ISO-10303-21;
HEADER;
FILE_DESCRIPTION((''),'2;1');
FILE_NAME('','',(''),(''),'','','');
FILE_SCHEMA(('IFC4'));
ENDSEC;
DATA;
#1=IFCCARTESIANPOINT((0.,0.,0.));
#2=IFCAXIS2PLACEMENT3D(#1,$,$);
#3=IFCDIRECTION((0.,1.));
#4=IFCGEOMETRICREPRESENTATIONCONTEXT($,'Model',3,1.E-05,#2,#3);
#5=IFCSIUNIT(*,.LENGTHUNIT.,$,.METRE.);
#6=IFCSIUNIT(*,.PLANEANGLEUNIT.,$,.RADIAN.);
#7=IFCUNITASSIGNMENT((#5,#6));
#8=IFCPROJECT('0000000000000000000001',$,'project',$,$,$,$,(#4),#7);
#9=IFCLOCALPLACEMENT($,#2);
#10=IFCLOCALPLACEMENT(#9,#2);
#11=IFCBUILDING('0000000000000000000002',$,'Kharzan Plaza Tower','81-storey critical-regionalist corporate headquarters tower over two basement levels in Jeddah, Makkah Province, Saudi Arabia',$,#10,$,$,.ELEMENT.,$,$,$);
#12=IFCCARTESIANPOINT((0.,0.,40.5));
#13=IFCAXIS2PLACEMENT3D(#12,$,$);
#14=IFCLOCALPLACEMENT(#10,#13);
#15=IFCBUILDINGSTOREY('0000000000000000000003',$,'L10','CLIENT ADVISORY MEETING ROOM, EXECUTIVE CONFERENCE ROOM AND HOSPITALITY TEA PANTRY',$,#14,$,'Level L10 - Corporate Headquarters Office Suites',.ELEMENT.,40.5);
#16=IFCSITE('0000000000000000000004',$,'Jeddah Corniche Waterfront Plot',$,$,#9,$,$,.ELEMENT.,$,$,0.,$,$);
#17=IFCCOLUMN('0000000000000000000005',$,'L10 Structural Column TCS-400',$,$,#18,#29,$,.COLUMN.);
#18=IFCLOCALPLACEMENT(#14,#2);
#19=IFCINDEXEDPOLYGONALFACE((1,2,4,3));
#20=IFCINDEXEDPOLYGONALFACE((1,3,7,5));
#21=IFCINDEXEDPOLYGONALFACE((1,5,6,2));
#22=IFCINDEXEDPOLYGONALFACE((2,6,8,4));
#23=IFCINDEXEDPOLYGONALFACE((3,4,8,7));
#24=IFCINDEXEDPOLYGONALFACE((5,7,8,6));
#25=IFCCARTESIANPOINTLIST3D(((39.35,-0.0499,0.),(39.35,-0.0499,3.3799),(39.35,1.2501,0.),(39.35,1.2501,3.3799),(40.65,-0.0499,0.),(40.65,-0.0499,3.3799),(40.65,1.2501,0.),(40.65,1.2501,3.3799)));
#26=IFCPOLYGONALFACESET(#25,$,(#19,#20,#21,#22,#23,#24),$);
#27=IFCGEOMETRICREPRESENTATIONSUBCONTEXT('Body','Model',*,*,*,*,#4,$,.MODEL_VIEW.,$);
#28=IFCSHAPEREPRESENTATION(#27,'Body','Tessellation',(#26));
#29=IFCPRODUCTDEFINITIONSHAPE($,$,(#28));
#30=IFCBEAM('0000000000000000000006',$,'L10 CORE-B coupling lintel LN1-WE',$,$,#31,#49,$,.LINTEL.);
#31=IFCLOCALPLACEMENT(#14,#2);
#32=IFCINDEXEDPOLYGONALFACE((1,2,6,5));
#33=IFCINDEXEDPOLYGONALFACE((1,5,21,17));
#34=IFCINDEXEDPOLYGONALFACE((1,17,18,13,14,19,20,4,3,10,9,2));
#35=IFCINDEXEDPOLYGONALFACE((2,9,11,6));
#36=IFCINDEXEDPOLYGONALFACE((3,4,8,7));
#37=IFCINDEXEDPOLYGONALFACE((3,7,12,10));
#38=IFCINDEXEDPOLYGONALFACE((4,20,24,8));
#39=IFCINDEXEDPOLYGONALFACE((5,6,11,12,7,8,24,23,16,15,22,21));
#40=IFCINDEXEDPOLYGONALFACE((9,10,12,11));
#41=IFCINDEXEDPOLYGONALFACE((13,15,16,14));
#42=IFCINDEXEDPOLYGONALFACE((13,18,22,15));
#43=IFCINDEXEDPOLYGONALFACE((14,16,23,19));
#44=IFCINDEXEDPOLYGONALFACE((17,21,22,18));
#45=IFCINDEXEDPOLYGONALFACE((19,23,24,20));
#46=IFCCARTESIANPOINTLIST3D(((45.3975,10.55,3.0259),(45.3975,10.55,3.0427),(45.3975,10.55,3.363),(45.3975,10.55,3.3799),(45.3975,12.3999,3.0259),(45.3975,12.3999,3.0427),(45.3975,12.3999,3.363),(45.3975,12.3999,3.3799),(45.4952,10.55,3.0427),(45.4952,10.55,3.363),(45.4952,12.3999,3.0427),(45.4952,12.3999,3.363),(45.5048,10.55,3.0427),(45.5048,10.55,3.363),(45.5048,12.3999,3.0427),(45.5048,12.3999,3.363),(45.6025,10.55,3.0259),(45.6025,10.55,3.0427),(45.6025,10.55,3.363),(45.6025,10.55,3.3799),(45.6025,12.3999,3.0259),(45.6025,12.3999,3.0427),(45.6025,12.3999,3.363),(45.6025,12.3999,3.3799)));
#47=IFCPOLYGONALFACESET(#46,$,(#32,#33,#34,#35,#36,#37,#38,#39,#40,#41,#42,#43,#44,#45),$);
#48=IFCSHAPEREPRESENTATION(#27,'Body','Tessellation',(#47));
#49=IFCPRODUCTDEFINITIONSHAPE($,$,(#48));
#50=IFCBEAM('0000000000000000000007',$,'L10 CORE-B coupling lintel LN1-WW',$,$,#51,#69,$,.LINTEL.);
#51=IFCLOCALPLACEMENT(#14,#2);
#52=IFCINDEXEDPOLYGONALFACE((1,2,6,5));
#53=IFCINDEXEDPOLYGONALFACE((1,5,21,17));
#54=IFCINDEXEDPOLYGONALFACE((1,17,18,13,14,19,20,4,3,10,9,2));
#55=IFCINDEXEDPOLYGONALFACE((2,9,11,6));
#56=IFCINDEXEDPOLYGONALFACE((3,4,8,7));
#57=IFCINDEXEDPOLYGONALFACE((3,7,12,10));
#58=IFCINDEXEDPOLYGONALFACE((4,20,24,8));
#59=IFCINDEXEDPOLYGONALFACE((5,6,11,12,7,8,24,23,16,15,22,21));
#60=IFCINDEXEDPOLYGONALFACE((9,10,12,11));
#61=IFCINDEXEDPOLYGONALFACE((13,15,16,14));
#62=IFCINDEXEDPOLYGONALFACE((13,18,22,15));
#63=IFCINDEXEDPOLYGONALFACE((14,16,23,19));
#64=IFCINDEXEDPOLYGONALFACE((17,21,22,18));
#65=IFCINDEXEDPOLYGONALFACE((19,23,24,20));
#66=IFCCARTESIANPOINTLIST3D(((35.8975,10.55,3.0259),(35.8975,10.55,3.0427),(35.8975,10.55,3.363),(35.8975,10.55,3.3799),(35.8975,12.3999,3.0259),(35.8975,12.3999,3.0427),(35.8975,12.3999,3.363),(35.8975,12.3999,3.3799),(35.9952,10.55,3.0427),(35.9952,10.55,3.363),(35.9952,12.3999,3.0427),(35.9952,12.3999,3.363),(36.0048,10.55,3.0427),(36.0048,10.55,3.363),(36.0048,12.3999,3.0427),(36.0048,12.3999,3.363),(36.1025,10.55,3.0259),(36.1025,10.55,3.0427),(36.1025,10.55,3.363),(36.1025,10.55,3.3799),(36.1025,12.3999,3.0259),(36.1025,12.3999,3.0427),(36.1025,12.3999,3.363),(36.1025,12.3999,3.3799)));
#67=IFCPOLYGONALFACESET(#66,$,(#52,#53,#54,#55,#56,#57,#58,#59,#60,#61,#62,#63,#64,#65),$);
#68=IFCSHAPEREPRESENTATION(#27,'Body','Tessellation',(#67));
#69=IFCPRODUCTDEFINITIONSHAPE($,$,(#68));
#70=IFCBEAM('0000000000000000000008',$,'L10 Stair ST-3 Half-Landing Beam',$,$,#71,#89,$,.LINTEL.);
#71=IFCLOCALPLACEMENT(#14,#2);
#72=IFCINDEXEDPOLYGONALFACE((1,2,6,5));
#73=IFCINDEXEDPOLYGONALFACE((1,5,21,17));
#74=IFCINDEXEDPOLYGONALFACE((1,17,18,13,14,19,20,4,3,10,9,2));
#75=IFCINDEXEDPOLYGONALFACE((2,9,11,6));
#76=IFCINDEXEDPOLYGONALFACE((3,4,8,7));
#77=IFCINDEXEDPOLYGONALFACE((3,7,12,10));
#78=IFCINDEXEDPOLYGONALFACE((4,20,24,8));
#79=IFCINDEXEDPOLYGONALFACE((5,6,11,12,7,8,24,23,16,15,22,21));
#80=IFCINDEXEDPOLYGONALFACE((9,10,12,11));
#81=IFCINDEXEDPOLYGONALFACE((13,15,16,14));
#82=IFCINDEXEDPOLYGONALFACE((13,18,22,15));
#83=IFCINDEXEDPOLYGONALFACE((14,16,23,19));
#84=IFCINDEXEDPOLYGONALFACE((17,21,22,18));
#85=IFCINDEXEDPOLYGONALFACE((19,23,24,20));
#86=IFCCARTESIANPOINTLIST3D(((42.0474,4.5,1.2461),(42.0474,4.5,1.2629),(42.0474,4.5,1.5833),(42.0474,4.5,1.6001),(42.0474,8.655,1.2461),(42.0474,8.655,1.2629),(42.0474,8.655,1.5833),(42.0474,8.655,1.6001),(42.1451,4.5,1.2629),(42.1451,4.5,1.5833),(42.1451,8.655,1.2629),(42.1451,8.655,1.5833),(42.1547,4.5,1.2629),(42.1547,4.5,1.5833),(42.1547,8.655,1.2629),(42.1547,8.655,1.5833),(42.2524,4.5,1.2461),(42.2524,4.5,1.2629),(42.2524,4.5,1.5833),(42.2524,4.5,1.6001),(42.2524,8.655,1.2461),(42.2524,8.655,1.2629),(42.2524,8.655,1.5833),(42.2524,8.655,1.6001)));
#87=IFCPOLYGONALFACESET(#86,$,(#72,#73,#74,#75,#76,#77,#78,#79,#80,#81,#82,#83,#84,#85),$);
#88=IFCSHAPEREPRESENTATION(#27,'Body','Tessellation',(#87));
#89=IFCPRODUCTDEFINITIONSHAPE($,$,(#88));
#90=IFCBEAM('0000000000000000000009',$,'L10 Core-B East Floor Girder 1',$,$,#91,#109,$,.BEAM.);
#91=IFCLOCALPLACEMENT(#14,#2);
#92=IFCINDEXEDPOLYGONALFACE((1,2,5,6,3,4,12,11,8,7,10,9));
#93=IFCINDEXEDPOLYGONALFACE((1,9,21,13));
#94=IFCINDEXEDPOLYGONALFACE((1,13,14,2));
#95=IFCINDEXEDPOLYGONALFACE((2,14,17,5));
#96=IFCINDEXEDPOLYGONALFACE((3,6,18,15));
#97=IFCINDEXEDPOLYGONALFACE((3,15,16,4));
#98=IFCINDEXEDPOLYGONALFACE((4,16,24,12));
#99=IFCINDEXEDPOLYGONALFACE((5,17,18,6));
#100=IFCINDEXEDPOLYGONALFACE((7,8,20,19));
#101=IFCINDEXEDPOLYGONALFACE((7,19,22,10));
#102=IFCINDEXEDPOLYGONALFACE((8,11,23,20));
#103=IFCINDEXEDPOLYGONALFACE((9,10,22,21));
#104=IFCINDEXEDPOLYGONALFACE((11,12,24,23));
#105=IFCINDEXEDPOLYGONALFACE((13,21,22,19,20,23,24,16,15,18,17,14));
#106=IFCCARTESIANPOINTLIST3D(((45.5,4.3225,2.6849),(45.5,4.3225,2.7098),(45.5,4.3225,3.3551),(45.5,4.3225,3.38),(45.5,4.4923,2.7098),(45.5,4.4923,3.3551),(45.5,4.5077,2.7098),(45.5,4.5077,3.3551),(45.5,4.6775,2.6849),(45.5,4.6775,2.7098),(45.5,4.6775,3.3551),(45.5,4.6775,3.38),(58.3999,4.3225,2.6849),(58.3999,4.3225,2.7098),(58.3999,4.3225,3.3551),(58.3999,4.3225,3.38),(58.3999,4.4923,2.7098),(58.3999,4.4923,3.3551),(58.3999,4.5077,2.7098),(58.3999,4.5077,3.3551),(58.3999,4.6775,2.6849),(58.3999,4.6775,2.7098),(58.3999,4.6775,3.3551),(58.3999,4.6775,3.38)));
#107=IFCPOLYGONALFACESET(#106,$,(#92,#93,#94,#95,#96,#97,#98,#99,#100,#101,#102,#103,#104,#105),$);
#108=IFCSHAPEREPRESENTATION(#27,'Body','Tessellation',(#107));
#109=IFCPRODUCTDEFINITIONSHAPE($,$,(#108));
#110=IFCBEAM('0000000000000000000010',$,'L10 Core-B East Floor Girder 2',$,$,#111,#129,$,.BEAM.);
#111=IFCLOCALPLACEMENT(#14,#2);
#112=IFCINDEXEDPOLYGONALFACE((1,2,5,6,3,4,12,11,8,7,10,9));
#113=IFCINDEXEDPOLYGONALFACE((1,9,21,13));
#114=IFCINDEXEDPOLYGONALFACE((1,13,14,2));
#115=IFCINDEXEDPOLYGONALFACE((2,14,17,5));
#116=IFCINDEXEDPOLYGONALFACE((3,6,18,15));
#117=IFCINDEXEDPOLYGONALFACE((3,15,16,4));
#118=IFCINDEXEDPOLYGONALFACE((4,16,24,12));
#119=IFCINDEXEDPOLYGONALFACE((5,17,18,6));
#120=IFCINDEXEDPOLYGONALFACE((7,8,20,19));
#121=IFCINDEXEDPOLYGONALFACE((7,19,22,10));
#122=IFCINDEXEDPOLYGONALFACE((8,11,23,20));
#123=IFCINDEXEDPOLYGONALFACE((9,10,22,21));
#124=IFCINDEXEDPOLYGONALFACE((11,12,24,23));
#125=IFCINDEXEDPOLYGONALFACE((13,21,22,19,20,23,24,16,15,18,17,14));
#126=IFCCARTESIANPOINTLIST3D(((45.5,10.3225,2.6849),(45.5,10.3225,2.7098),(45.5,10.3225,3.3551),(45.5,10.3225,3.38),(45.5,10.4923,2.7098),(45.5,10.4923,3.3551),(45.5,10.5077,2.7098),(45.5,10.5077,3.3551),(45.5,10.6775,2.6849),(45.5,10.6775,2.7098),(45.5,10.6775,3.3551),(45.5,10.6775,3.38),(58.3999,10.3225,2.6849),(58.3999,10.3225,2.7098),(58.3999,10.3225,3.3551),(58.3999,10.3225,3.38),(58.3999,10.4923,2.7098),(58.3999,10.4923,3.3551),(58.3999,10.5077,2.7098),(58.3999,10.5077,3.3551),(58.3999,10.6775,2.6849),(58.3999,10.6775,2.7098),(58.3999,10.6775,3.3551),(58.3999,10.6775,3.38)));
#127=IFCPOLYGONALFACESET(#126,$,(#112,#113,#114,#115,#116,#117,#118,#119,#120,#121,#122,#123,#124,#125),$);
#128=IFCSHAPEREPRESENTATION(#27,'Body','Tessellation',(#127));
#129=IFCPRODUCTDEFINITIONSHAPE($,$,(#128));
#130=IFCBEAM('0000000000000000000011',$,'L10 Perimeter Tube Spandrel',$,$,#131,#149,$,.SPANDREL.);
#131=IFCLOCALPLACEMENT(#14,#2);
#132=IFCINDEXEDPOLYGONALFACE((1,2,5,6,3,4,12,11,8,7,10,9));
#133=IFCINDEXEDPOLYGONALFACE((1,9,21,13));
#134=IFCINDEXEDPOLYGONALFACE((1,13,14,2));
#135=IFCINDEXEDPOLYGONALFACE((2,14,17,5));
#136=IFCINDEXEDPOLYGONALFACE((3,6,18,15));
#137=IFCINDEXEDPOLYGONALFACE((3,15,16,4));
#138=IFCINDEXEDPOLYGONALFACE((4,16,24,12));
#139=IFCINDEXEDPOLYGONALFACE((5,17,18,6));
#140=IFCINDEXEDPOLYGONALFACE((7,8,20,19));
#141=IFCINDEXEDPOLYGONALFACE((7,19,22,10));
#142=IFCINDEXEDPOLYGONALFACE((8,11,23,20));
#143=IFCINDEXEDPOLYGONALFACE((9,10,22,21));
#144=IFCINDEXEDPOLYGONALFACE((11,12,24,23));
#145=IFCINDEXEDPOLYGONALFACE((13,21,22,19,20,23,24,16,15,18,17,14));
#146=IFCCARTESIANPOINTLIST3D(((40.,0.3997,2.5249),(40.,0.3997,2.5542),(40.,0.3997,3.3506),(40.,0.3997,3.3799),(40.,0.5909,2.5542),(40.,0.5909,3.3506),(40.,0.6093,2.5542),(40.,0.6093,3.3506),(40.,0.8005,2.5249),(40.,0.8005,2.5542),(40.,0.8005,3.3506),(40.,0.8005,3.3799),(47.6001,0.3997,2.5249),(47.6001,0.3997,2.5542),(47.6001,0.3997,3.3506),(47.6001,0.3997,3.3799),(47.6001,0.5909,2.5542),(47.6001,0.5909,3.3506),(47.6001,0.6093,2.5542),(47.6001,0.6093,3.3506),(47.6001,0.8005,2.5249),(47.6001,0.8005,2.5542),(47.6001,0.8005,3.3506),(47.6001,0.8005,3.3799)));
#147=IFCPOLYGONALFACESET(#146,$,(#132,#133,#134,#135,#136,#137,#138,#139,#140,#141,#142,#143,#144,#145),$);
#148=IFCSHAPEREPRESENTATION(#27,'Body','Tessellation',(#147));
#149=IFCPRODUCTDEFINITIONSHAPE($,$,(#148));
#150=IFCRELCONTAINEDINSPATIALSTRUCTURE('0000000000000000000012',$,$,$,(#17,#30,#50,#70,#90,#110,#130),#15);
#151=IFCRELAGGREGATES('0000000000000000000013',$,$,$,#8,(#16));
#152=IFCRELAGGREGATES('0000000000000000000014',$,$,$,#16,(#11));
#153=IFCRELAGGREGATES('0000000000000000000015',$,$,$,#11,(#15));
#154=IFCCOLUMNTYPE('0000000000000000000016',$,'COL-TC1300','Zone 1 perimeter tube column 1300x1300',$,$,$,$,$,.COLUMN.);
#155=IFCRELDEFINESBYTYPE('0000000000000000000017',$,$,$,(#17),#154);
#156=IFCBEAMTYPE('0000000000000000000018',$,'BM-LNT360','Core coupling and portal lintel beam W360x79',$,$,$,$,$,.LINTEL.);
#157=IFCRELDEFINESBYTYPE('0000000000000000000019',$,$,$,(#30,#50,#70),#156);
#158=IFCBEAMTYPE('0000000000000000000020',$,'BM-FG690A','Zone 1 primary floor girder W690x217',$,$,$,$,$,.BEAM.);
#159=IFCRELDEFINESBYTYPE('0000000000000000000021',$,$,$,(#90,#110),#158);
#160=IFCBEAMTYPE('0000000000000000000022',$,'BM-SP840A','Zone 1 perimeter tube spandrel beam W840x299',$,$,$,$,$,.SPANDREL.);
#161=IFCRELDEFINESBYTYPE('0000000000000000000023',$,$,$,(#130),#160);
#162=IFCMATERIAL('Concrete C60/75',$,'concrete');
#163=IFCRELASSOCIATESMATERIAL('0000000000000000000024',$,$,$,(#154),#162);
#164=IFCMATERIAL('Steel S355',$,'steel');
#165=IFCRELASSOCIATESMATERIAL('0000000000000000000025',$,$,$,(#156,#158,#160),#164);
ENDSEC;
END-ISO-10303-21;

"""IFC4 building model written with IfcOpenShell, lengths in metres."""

from ifc_helpers import new_model, si_unit, direction, frame, origin, origin_2d, place, context, subcontext, project, spatial, rectangle, i_section, extrude, source, transform, mapped, material, material_profile, profile_set, type_object, element, save


model = new_model("IFC4")

# Units and contexts
model_context = context("Model", 3, precision=1e-05, world=origin(), true_north=direction((0.0, 1.0)))
body_context = subcontext(model_context, "Body", "Model", "MODEL_VIEW")
ifc_project = project(units=[si_unit("LENGTHUNIT", "METRE"), si_unit("PLANEANGLEUNIT", "RADIAN")], contexts=[model_context])

# Site, building, storey
site_placement = place(None, origin())
site = spatial("IfcSite", under=ifc_project, at=site_placement, Name="Jeddah Corniche Waterfront Plot", CompositionType="ELEMENT", RefElevation=0.0)
building_placement = place(site_placement, origin())
building = spatial("IfcBuilding", under=site, at=building_placement, Name="Kharzan Plaza Tower", Description="81-storey critical-regionalist corporate headquarters tower over two basement levels in Jeddah, Makkah Province, Saudi Arabia", CompositionType="ELEMENT")
storey_placement = place(building_placement, frame((0.0, 0.0, 40.5)))
storey = spatial("IfcBuildingStorey", under=building, at=storey_placement, Name="L10", Description="CLIENT ADVISORY MEETING ROOM, EXECUTIVE CONFERENCE ROOM AND HOSPITALITY TEA PANTRY", LongName="Level L10 - Corporate Headquarters Office Suites", CompositionType="ELEMENT", Elevation=40.5)

# Column
ifc_material_1 = material(Name="Concrete C60/75", Category="concrete")
ifc_material_profile_1 = material_profile(ifc_material_1, rectangle(XDim=1.3, YDim=1.3, at=origin_2d()), Name="RC-TC1300x1300")
ifc_profile_set_1 = profile_set([ifc_material_profile_1], Name="Concrete C60/75")
column_type = type_object("IfcColumnType", Name="COL-TC1300", Description="Zone 1 perimeter tube column 1300x1300", PredefinedType="COLUMN", material=ifc_profile_set_1)
shared_shape_1 = source(origin(), body_context, "Body", "SweptSolid", [
    extrude(rectangle(XDim=1.3, YDim=1.3, at=origin_2d()), origin(), (0.0, 0.0, 1.0), 3.3799),
])
column_placement = place(storey_placement, frame((40.0, 0.6001, 0.0), z_axis=(0.0, 0.0, 1.0), x_axis=(1.0, 0.0, 0.0)))
element("IfcColumn", 1, at=column_placement, inside=storey, type_object=column_type, Name="L10 Structural Column TCS-400", PredefinedType="COLUMN", context=body_context, shape_type="MappedRepresentation", body=[
    mapped(shared_shape_1, transform((0.0, 0.0, 0.0), x_axis=(1.0, 0.0, 0.0), y_axis=(0.0, 1.0, 0.0), z_axis=(0.0, 0.0, 1.0))),
])

# Beams
ifc_material_2 = material(Name="Steel S355", Category="steel")
ifc_material_profile_2 = material_profile(ifc_material_2, i_section(OverallWidth=0.2051, OverallDepth=0.354, WebThickness=0.0095, FlangeThickness=0.0168, at=origin_2d()), Name="W360x79")
ifc_profile_set_2 = profile_set([ifc_material_profile_2], Name="Steel S355")
beam_type_1 = type_object("IfcBeamType", Name="BM-LNT360", Description="Core coupling and portal lintel beam W360x79", PredefinedType="LINTEL", material=ifc_profile_set_2)
shared_shape_2 = source(origin(), body_context, "Body", "SweptSolid", [
    extrude(i_section(OverallWidth=0.2051, OverallDepth=0.354, WebThickness=0.0095, FlangeThickness=0.0168, at=origin_2d()), origin(), (0.0, 0.0, 1.0), 1.8499),
])
for number, where, z_axis, x_axis, name in (
    (2, (45.5, 10.55, 3.2029), (0.0, 1.0, 0.0), (-1.0, 0.0, 0.0), "L10 CORE-B coupling lintel LN1-WE"),
    (3, (36.0, 10.55, 3.2029), (0.0, 1.0, 0.0), (-1.0, 0.0, 0.0), "L10 CORE-B coupling lintel LN1-WW"),
):
    element("IfcBeam", number, at=place(storey_placement, frame(where, z_axis=z_axis, x_axis=x_axis)), inside=storey, type_object=beam_type_1, Name=name, PredefinedType="LINTEL", context=body_context, shape_type="MappedRepresentation", body=[
        mapped(shared_shape_2, transform((0.0, 0.0, 0.0), x_axis=(1.0, 0.0, 0.0), y_axis=(0.0, 1.0, 0.0), z_axis=(0.0, 0.0, 1.0))),
    ])
shared_shape_3 = source(origin(), body_context, "Body", "SweptSolid", [
    extrude(i_section(OverallWidth=0.2051, OverallDepth=0.354, WebThickness=0.0095, FlangeThickness=0.0168, at=origin_2d()), origin(), (0.0, 0.0, 1.0), 4.155),
])
beam_1_placement = place(storey_placement, frame((42.1499, 4.5, 1.4231), z_axis=(0.0, 1.0, 0.0), x_axis=(-1.0, 0.0, 0.0)))
element("IfcBeam", 4, at=beam_1_placement, inside=storey, type_object=beam_type_1, Name="L10 Stair ST-3 Half-Landing Beam", PredefinedType="LINTEL", context=body_context, shape_type="MappedRepresentation", body=[
    mapped(shared_shape_3, transform((0.0, 0.0, 0.0), x_axis=(1.0, 0.0, 0.0), y_axis=(0.0, 1.0, 0.0), z_axis=(0.0, 0.0, 1.0))),
])
ifc_material_profile_3 = material_profile(ifc_material_2, i_section(OverallWidth=0.355, OverallDepth=0.6951, WebThickness=0.0154, FlangeThickness=0.0249, at=origin_2d()), Name="W690x217")
ifc_profile_set_3 = profile_set([ifc_material_profile_3], Name="Steel S355")
beam_type_2 = type_object("IfcBeamType", Name="BM-FG690A", Description="Zone 1 primary floor girder W690x217", PredefinedType="BEAM", material=ifc_profile_set_3)
shared_shape_4 = source(origin(), body_context, "Body", "SweptSolid", [
    extrude(i_section(OverallWidth=0.355, OverallDepth=0.6951, WebThickness=0.0154, FlangeThickness=0.0249, at=origin_2d()), origin(), (0.0, 0.0, 1.0), 12.8999),
])
for number, where, z_axis, x_axis, name in (
    (5, (45.5, 4.5, 3.0325), (1.0, 0.0, 0.0), (0.0, 1.0, 0.0), "L10 Core-B East Floor Girder 1"),
    (6, (45.5, 10.5, 3.0325), (1.0, 0.0, 0.0), (0.0, 1.0, 0.0), "L10 Core-B East Floor Girder 2"),
):
    element("IfcBeam", number, at=place(storey_placement, frame(where, z_axis=z_axis, x_axis=x_axis)), inside=storey, type_object=beam_type_2, Name=name, PredefinedType="BEAM", context=body_context, shape_type="MappedRepresentation", body=[
        mapped(shared_shape_4, transform((0.0, 0.0, 0.0), x_axis=(1.0, 0.0, 0.0), y_axis=(0.0, 1.0, 0.0), z_axis=(0.0, 0.0, 1.0))),
    ])
ifc_material_profile_4 = material_profile(ifc_material_2, i_section(OverallWidth=0.4009, OverallDepth=0.855, WebThickness=0.0183, FlangeThickness=0.0293, at=origin_2d()), Name="W840x299")
ifc_profile_set_4 = profile_set([ifc_material_profile_4], Name="Steel S355")
beam_type_3 = type_object("IfcBeamType", Name="BM-SP840A", Description="Zone 1 perimeter tube spandrel beam W840x299", PredefinedType="SPANDREL", material=ifc_profile_set_4)
shared_shape_5 = source(origin(), body_context, "Body", "SweptSolid", [
    extrude(i_section(OverallWidth=0.4009, OverallDepth=0.855, WebThickness=0.0183, FlangeThickness=0.0293, at=origin_2d()), origin(), (0.0, 0.0, 1.0), 7.6001),
])
beam_2_placement = place(storey_placement, frame((40.0, 0.6001, 2.9524), z_axis=(1.0, 0.0, 0.0), x_axis=(0.0, 1.0, 0.0)))
element("IfcBeam", 7, at=beam_2_placement, inside=storey, type_object=beam_type_3, Name="L10 Perimeter Tube Spandrel", PredefinedType="SPANDREL", context=body_context, shape_type="MappedRepresentation", body=[
    mapped(shared_shape_5, transform((0.0, 0.0, 0.0), x_axis=(1.0, 0.0, 0.0), y_axis=(0.0, 1.0, 0.0), z_axis=(0.0, 0.0, 1.0))),
])

save(model, "model.ifc")
